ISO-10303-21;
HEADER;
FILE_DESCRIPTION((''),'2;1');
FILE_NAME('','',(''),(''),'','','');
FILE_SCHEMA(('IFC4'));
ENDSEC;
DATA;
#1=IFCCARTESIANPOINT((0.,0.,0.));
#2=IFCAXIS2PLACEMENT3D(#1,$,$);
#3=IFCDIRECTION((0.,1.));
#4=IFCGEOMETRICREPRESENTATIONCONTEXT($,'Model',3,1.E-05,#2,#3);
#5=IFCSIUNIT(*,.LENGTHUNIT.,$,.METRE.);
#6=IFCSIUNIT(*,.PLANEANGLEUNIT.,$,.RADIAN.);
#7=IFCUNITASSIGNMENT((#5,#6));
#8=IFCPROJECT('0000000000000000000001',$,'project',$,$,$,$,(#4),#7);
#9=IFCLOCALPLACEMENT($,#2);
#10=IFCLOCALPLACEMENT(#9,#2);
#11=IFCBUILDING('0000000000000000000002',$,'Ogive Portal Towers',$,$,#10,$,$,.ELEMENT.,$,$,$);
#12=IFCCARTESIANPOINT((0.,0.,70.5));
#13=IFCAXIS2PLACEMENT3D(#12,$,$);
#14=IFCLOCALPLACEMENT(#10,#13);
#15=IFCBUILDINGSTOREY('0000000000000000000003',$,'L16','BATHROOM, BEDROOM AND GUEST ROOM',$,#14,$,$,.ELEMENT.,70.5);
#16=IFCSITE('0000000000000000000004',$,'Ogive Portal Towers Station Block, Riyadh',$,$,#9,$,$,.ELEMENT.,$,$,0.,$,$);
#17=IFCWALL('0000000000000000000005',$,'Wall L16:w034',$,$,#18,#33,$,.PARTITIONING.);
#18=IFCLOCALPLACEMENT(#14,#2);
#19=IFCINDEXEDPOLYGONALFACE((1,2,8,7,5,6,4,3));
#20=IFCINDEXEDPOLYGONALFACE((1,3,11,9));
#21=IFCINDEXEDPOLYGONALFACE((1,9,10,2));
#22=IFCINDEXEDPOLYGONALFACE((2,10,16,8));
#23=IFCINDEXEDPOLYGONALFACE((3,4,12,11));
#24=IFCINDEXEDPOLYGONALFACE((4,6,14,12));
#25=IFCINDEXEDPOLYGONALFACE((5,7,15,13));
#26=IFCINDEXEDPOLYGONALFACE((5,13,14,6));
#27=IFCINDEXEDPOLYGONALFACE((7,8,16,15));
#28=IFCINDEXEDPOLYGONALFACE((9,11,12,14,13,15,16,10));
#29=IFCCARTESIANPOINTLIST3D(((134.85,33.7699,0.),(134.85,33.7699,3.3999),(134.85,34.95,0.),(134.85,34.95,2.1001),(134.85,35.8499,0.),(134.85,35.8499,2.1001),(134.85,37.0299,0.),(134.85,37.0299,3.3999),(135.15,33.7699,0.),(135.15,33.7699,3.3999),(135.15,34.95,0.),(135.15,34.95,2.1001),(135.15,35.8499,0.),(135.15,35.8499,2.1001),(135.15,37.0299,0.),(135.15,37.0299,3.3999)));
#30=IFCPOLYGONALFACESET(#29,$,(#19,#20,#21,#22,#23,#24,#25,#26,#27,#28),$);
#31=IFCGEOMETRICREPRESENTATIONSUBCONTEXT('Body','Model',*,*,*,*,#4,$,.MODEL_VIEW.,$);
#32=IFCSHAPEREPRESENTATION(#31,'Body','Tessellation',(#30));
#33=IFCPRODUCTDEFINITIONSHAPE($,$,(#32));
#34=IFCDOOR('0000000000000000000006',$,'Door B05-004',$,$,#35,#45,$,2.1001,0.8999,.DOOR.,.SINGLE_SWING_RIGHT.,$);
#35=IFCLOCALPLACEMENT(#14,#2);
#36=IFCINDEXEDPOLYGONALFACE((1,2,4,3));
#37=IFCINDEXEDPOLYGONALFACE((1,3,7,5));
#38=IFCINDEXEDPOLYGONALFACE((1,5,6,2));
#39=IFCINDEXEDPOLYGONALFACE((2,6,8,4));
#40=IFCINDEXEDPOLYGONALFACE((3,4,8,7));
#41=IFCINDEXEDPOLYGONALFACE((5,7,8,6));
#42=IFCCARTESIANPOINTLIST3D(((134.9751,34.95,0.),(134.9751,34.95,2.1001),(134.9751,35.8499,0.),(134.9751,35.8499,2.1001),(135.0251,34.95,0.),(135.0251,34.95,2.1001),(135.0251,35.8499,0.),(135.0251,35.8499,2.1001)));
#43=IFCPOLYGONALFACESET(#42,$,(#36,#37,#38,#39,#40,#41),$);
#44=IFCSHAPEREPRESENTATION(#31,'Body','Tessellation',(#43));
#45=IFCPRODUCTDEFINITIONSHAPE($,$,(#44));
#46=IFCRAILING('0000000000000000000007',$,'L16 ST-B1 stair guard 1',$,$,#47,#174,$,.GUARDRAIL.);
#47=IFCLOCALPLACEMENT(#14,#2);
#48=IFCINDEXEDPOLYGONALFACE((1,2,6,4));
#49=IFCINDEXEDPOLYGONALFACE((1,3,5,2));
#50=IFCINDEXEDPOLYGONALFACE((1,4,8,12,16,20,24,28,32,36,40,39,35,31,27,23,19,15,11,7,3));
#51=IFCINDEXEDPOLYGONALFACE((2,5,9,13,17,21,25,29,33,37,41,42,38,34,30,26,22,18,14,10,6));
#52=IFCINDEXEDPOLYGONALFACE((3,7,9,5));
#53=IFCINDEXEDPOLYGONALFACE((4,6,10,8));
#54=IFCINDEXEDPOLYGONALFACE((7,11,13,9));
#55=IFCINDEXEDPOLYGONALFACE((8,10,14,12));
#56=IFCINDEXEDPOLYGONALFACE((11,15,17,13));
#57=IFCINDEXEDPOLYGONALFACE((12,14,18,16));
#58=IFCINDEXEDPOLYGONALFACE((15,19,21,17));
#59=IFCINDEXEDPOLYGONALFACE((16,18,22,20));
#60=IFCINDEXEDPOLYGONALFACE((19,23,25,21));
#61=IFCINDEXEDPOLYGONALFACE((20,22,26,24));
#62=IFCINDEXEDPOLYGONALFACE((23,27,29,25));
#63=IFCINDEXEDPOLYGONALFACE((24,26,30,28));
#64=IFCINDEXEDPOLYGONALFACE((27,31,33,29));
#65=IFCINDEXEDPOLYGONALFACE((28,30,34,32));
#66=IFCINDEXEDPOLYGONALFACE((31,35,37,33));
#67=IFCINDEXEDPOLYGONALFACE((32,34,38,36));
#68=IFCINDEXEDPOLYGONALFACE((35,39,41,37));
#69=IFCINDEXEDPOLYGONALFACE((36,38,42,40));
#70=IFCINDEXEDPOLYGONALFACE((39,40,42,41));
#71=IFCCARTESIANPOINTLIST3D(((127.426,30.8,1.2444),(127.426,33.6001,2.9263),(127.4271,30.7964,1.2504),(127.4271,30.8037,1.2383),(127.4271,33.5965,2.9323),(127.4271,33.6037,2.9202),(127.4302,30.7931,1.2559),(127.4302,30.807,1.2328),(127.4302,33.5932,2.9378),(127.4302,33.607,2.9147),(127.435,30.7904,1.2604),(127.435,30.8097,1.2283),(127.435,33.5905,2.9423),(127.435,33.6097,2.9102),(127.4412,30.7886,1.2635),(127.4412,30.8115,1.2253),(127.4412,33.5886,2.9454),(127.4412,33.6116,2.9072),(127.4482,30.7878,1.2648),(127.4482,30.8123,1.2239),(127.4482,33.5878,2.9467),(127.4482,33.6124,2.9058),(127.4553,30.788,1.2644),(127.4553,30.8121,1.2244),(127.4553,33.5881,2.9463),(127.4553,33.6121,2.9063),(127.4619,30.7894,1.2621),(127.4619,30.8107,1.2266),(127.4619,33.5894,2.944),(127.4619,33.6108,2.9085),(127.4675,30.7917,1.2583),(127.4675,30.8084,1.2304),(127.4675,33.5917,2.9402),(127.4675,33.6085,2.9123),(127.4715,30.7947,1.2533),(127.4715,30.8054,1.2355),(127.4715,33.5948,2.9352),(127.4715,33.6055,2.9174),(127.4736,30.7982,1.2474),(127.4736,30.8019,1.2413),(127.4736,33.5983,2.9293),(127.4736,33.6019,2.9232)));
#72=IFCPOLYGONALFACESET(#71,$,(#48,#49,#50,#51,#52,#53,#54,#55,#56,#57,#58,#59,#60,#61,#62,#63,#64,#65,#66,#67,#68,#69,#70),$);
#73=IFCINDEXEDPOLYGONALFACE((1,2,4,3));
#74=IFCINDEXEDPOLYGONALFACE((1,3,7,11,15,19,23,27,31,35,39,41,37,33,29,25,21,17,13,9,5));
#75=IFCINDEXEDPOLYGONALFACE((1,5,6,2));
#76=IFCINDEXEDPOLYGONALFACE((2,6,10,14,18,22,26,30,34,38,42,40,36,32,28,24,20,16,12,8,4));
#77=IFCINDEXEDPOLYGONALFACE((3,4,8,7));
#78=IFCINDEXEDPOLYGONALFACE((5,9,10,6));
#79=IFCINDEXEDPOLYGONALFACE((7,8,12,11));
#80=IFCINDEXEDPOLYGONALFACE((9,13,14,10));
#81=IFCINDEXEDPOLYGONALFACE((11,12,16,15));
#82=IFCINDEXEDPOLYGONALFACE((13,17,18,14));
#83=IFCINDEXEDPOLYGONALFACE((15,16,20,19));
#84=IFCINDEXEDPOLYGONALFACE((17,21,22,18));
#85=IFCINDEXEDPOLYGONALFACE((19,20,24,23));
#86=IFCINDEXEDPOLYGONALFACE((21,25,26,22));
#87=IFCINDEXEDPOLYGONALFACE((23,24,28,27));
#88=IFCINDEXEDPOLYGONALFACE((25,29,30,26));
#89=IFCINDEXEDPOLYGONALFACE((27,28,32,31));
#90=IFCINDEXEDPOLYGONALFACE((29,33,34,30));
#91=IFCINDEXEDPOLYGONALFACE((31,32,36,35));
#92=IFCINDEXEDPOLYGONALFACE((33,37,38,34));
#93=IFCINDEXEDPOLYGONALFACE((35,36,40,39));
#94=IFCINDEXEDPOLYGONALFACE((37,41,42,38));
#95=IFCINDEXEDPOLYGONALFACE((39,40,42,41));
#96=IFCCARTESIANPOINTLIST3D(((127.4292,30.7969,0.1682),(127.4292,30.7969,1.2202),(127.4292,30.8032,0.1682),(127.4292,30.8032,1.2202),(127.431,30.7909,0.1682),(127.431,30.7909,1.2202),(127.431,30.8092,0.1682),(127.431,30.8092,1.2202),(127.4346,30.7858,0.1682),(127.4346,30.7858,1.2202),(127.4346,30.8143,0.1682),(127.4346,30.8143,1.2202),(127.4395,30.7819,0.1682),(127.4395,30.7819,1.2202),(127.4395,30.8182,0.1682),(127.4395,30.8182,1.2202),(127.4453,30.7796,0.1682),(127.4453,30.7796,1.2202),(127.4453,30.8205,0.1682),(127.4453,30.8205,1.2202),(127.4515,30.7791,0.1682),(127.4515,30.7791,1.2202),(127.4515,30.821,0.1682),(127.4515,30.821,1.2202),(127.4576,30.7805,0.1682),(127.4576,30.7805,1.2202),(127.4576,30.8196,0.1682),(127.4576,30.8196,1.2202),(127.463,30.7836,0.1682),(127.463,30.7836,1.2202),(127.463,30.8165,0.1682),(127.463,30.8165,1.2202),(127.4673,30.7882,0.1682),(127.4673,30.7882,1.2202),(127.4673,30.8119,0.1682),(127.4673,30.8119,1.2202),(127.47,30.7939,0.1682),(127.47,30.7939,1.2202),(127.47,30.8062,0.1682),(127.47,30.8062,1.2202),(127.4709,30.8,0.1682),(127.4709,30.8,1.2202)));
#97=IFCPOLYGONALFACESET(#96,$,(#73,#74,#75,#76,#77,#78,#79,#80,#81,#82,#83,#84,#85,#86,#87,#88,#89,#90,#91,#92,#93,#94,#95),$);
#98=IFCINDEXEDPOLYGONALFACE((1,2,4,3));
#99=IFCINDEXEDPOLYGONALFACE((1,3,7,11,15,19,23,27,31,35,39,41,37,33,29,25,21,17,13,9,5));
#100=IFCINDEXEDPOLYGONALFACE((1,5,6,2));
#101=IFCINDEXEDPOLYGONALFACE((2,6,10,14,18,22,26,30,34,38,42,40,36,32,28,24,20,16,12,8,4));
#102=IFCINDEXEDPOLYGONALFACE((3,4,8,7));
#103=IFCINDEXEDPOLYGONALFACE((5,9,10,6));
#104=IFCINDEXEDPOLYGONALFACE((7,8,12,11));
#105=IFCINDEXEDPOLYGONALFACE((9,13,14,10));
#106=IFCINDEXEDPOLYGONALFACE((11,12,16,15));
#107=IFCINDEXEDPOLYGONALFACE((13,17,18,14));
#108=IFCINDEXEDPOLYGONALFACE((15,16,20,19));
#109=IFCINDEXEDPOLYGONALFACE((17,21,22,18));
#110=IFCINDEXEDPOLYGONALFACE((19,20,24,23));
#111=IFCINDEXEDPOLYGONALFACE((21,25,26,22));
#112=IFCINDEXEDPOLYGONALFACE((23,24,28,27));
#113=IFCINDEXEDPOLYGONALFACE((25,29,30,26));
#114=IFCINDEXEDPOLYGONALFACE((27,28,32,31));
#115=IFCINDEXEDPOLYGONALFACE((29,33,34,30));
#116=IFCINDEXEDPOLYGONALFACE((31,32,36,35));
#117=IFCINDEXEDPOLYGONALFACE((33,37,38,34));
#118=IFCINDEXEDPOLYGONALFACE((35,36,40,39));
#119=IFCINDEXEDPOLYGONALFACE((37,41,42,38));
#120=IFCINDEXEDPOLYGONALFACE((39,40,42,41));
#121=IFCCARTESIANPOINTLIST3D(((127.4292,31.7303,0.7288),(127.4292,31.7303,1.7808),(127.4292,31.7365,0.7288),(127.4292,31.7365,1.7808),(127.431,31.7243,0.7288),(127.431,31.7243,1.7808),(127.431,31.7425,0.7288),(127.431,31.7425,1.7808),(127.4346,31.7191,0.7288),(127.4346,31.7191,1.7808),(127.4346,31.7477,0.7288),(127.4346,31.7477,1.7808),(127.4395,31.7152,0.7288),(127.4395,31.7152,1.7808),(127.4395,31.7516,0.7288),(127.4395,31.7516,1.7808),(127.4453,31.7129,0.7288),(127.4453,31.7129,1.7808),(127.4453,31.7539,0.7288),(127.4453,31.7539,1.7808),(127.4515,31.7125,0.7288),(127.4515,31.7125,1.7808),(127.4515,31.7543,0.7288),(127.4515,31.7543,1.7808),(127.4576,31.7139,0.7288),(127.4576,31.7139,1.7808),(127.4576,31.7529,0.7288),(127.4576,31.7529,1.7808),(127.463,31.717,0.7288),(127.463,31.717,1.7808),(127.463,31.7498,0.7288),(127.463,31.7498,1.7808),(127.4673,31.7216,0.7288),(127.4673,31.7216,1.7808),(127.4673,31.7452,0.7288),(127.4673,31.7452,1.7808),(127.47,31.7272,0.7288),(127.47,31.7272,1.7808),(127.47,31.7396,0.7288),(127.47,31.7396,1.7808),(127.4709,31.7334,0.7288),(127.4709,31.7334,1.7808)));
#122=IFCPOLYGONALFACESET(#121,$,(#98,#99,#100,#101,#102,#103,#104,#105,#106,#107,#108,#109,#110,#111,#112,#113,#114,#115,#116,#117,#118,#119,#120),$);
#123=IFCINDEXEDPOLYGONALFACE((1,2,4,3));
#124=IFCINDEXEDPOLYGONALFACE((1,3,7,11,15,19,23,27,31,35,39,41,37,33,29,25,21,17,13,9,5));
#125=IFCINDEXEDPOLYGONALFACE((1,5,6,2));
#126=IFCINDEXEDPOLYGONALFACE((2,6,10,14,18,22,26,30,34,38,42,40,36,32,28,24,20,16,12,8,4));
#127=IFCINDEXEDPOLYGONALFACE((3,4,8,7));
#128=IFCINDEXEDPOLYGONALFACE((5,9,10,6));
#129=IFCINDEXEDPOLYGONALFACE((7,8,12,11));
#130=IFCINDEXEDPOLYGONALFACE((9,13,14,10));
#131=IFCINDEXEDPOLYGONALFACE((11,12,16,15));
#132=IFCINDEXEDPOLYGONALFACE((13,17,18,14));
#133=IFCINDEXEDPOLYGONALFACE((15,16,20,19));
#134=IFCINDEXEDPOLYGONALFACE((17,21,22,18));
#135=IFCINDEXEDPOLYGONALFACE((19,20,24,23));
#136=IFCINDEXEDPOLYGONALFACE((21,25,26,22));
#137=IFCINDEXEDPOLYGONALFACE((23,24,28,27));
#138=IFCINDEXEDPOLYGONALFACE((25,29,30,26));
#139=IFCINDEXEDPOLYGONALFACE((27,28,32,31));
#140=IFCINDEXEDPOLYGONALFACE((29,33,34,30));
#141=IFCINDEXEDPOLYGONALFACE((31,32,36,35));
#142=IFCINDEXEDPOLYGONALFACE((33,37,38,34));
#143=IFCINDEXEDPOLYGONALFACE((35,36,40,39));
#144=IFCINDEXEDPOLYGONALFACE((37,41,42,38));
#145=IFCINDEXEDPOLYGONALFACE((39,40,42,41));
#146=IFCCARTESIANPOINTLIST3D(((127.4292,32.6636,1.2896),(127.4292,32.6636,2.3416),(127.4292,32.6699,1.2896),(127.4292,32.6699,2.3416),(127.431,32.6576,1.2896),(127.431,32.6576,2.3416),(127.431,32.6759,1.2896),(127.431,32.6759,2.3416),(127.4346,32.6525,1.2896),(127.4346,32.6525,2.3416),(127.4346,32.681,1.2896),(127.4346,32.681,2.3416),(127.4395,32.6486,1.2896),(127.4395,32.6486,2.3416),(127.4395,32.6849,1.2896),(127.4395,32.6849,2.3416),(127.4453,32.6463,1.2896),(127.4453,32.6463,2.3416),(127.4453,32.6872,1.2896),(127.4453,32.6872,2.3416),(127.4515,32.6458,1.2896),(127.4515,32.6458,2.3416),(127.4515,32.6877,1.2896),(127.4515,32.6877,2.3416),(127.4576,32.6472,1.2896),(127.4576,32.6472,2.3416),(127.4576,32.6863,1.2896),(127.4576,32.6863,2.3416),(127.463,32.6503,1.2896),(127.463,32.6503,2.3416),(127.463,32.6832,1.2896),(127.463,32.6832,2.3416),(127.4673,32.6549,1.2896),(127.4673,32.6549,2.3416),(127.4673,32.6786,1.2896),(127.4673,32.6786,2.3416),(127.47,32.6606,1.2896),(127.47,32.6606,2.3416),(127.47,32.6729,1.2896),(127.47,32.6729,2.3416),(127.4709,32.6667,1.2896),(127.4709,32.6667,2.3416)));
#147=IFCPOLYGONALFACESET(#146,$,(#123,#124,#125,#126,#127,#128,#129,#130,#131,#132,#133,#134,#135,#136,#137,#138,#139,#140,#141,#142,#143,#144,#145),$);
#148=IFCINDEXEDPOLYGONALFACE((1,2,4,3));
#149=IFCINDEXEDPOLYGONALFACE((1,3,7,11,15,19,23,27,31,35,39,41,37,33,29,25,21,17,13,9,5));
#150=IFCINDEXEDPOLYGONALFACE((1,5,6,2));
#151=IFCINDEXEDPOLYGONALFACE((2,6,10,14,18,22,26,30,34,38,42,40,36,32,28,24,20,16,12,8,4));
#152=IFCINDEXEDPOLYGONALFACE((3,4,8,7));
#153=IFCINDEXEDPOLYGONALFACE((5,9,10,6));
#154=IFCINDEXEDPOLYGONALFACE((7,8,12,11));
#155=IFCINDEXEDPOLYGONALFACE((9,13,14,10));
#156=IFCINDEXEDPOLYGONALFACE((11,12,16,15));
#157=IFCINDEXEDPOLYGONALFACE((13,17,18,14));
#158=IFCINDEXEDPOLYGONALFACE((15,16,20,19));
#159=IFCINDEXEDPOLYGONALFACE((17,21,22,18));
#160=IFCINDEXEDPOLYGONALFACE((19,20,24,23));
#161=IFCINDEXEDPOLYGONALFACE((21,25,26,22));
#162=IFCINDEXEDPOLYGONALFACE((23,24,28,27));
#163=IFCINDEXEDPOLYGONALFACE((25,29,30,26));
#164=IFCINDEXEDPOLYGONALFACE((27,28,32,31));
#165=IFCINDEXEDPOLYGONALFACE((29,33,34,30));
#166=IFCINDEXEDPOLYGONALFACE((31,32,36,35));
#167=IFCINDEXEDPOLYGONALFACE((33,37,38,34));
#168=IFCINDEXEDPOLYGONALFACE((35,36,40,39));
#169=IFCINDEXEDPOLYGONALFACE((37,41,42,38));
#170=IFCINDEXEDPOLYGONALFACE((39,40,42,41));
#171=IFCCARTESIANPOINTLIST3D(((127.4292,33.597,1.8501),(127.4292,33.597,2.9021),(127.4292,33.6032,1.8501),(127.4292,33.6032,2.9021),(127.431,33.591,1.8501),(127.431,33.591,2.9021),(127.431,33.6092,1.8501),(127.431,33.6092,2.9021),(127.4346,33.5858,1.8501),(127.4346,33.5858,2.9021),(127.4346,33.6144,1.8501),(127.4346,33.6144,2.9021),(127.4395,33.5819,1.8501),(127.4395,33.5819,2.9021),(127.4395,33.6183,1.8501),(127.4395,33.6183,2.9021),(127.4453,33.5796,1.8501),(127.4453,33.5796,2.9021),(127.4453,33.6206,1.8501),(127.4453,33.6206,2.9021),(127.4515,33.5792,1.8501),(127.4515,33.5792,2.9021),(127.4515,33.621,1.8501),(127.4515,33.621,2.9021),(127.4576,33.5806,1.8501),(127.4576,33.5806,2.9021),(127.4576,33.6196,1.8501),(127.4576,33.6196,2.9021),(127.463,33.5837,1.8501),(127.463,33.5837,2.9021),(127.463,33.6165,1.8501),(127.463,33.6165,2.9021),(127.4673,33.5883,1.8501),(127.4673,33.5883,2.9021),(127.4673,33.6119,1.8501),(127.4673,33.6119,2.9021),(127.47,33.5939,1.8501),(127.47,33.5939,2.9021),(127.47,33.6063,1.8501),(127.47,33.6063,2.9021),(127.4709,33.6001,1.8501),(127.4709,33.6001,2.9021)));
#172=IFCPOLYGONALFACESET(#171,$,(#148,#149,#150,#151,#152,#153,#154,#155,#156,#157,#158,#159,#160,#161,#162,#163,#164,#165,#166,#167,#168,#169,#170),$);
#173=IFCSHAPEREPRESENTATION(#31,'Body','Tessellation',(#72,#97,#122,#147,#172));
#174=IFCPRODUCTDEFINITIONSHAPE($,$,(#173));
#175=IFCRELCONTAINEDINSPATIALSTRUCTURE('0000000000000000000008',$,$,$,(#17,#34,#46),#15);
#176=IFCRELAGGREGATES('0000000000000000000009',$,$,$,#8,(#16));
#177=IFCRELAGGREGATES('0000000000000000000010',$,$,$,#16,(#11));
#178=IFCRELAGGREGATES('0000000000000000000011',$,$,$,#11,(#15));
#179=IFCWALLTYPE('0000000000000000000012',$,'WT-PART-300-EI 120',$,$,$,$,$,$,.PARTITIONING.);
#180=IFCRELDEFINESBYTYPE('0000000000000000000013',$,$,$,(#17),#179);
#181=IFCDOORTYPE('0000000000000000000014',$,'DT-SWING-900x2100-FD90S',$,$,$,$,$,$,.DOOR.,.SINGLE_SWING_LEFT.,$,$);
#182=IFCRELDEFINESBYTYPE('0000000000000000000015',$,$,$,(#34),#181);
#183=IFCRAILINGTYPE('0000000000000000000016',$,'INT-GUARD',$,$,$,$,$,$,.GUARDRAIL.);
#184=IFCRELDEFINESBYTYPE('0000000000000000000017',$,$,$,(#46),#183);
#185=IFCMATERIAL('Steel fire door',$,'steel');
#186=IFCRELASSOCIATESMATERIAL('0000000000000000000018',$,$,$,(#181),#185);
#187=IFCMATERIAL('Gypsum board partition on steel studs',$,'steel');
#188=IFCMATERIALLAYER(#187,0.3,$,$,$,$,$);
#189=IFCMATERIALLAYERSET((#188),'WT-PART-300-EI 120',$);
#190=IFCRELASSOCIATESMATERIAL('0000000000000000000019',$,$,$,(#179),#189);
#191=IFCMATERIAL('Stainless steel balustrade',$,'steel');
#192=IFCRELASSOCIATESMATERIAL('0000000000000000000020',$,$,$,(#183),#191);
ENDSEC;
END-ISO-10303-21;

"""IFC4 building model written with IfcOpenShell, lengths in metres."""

from ifc_helpers import new_model, si_unit, direction, frame, frame_2d, origin, origin_2d, place, context, subcontext, project, spatial, rectangle, circle, extrude, material, layer, layer_set, type_object, element, fill, save


model = new_model("IFC4")

# Units and contexts
model_context = context("Model", 3, precision=1e-05, world=origin(), true_north=direction((0.0, 1.0)))
body_context = subcontext(model_context, "Body", "Model", "MODEL_VIEW")
ifc_project = project(units=[si_unit("LENGTHUNIT", "METRE"), si_unit("PLANEANGLEUNIT", "RADIAN")], contexts=[model_context])

# Site, building, storey
site_placement = place(None, origin())
site = spatial("IfcSite", under=ifc_project, at=site_placement, Name="Ogive Portal Towers Station Block, Riyadh", CompositionType="ELEMENT", RefElevation=0.0)
building_placement = place(site_placement, origin())
building = spatial("IfcBuilding", under=site, at=building_placement, Name="Ogive Portal Towers", CompositionType="ELEMENT")
storey_placement = place(building_placement, frame((0.0, 0.0, 70.5)))
storey = spatial("IfcBuildingStorey", under=building, at=storey_placement, Name="L16", Description="BATHROOM, BEDROOM AND GUEST ROOM", CompositionType="ELEMENT", Elevation=70.5)

# Shared definitions
ifc_material_1 = material(Name="Steel fire door", Category="steel")
door_type_1 = type_object("IfcDoorType", Name="DT-SWING-900x2100-FD90S", OperationType="SINGLE_SWING_LEFT", PredefinedType="DOOR", material=ifc_material_1)

# Shared definitions
ifc_material_2 = material(Name="Gypsum board partition on steel studs", Category="steel")

# Wall, opening, door
ifc_layer_1 = layer(ifc_material_2, 0.3)
ifc_layer_set_1 = layer_set([ifc_layer_1], Name="WT-PART-300-EI 120")
wall_type_1 = type_object("IfcWallType", Name="WT-PART-300-EI 120", PredefinedType="PARTITIONING", material=ifc_layer_set_1)
wall_1_placement = place(storey_placement, frame((135.0, 33.77, 0.0), z_axis=(0.0, 0.0, 1.0), x_axis=(0.0, 1.0, 0.0)))
wall_1 = element("IfcWall", 1, at=wall_1_placement, inside=storey, type_object=wall_type_1, Name="Wall L16:w034", PredefinedType="PARTITIONING", context=body_context, shape_type="SweptSolid", body=[
    extrude(rectangle(XDim=3.26, YDim=0.3, at=frame_2d((1.6299, 0.0))), origin(), (0.0, 0.0, 1.0), 3.3999),
])
opening_1_placement = place(wall_1_placement, frame((1.1799, 0.0, 0.0)))
opening_1 = element("IfcOpeningElement", 2, at=opening_1_placement, cuts=wall_1, PredefinedType="OPENING", context=body_context, shape_type="SweptSolid", body=[
    extrude(rectangle(XDim=0.8999, YDim=2.1001, at=frame_2d((0.45, 1.05))), frame((0.0, 0.1602, 0.0), z_axis=(0.0, -1.0, 0.0), x_axis=(1.0, 0.0, 0.0)), (0.0, 0.0, 1.0), 0.3201),
])
door_1_placement = place(opening_1_placement, origin())
door_1 = element("IfcDoor", 3, at=door_1_placement, inside=storey, type_object=door_type_1, Name="Door B05-004", OperationType="SINGLE_SWING_RIGHT", OverallHeight=2.1001, OverallWidth=0.8999, PredefinedType="DOOR", context=body_context, shape_type="SweptSolid", body=[
    extrude(rectangle(XDim=0.8999, YDim=2.1001, at=frame_2d((0.45, 1.05))), frame((0.0, 0.0249, 0.0), z_axis=(0.0, -1.0, 0.0), x_axis=(1.0, 0.0, 0.0)), (0.0, 0.0, 1.0), 0.05),
])
fill(opening_1, door_1)

# Railing
ifc_material_3 = material(Name="Stainless steel balustrade", Category="steel")
railing_type_1 = type_object("IfcRailingType", Name="INT-GUARD", PredefinedType="GUARDRAIL", material=ifc_material_3)
railing_1_placement = place(storey_placement, frame((127.45, 30.8, 0.1682)))
element("IfcRailing", 4, at=railing_1_placement, inside=storey, type_object=railing_type_1, Name="L16 ST-B1 stair guard 1", PredefinedType="GUARDRAIL", context=body_context, shape_type="SweptSolid", body=[
    extrude(circle(Radius=0.0239, at=origin_2d()), frame((0.0, 0.0, 1.0762), z_axis=(0.0, 0.857242, 0.514913), x_axis=(-1.0, 0.0, 0.0)), (0.0, 0.0, 1.0), 3.2664),
    extrude(circle(Radius=0.021, at=origin_2d()), origin(), (0.0, 0.0, 1.0), 1.052),
    extrude(circle(Radius=0.021, at=origin_2d()), frame((0.0, 0.9333, 0.5605)), (0.0, 0.0, 1.0), 1.052),
    extrude(circle(Radius=0.021, at=origin_2d()), frame((0.0, 1.8667, 1.1213)), (0.0, 0.0, 1.0), 1.052),
    extrude(circle(Radius=0.021, at=origin_2d()), frame((0.0, 2.8, 1.6819)), (0.0, 0.0, 1.0), 1.052),
])

save(model, "model.ifc")
